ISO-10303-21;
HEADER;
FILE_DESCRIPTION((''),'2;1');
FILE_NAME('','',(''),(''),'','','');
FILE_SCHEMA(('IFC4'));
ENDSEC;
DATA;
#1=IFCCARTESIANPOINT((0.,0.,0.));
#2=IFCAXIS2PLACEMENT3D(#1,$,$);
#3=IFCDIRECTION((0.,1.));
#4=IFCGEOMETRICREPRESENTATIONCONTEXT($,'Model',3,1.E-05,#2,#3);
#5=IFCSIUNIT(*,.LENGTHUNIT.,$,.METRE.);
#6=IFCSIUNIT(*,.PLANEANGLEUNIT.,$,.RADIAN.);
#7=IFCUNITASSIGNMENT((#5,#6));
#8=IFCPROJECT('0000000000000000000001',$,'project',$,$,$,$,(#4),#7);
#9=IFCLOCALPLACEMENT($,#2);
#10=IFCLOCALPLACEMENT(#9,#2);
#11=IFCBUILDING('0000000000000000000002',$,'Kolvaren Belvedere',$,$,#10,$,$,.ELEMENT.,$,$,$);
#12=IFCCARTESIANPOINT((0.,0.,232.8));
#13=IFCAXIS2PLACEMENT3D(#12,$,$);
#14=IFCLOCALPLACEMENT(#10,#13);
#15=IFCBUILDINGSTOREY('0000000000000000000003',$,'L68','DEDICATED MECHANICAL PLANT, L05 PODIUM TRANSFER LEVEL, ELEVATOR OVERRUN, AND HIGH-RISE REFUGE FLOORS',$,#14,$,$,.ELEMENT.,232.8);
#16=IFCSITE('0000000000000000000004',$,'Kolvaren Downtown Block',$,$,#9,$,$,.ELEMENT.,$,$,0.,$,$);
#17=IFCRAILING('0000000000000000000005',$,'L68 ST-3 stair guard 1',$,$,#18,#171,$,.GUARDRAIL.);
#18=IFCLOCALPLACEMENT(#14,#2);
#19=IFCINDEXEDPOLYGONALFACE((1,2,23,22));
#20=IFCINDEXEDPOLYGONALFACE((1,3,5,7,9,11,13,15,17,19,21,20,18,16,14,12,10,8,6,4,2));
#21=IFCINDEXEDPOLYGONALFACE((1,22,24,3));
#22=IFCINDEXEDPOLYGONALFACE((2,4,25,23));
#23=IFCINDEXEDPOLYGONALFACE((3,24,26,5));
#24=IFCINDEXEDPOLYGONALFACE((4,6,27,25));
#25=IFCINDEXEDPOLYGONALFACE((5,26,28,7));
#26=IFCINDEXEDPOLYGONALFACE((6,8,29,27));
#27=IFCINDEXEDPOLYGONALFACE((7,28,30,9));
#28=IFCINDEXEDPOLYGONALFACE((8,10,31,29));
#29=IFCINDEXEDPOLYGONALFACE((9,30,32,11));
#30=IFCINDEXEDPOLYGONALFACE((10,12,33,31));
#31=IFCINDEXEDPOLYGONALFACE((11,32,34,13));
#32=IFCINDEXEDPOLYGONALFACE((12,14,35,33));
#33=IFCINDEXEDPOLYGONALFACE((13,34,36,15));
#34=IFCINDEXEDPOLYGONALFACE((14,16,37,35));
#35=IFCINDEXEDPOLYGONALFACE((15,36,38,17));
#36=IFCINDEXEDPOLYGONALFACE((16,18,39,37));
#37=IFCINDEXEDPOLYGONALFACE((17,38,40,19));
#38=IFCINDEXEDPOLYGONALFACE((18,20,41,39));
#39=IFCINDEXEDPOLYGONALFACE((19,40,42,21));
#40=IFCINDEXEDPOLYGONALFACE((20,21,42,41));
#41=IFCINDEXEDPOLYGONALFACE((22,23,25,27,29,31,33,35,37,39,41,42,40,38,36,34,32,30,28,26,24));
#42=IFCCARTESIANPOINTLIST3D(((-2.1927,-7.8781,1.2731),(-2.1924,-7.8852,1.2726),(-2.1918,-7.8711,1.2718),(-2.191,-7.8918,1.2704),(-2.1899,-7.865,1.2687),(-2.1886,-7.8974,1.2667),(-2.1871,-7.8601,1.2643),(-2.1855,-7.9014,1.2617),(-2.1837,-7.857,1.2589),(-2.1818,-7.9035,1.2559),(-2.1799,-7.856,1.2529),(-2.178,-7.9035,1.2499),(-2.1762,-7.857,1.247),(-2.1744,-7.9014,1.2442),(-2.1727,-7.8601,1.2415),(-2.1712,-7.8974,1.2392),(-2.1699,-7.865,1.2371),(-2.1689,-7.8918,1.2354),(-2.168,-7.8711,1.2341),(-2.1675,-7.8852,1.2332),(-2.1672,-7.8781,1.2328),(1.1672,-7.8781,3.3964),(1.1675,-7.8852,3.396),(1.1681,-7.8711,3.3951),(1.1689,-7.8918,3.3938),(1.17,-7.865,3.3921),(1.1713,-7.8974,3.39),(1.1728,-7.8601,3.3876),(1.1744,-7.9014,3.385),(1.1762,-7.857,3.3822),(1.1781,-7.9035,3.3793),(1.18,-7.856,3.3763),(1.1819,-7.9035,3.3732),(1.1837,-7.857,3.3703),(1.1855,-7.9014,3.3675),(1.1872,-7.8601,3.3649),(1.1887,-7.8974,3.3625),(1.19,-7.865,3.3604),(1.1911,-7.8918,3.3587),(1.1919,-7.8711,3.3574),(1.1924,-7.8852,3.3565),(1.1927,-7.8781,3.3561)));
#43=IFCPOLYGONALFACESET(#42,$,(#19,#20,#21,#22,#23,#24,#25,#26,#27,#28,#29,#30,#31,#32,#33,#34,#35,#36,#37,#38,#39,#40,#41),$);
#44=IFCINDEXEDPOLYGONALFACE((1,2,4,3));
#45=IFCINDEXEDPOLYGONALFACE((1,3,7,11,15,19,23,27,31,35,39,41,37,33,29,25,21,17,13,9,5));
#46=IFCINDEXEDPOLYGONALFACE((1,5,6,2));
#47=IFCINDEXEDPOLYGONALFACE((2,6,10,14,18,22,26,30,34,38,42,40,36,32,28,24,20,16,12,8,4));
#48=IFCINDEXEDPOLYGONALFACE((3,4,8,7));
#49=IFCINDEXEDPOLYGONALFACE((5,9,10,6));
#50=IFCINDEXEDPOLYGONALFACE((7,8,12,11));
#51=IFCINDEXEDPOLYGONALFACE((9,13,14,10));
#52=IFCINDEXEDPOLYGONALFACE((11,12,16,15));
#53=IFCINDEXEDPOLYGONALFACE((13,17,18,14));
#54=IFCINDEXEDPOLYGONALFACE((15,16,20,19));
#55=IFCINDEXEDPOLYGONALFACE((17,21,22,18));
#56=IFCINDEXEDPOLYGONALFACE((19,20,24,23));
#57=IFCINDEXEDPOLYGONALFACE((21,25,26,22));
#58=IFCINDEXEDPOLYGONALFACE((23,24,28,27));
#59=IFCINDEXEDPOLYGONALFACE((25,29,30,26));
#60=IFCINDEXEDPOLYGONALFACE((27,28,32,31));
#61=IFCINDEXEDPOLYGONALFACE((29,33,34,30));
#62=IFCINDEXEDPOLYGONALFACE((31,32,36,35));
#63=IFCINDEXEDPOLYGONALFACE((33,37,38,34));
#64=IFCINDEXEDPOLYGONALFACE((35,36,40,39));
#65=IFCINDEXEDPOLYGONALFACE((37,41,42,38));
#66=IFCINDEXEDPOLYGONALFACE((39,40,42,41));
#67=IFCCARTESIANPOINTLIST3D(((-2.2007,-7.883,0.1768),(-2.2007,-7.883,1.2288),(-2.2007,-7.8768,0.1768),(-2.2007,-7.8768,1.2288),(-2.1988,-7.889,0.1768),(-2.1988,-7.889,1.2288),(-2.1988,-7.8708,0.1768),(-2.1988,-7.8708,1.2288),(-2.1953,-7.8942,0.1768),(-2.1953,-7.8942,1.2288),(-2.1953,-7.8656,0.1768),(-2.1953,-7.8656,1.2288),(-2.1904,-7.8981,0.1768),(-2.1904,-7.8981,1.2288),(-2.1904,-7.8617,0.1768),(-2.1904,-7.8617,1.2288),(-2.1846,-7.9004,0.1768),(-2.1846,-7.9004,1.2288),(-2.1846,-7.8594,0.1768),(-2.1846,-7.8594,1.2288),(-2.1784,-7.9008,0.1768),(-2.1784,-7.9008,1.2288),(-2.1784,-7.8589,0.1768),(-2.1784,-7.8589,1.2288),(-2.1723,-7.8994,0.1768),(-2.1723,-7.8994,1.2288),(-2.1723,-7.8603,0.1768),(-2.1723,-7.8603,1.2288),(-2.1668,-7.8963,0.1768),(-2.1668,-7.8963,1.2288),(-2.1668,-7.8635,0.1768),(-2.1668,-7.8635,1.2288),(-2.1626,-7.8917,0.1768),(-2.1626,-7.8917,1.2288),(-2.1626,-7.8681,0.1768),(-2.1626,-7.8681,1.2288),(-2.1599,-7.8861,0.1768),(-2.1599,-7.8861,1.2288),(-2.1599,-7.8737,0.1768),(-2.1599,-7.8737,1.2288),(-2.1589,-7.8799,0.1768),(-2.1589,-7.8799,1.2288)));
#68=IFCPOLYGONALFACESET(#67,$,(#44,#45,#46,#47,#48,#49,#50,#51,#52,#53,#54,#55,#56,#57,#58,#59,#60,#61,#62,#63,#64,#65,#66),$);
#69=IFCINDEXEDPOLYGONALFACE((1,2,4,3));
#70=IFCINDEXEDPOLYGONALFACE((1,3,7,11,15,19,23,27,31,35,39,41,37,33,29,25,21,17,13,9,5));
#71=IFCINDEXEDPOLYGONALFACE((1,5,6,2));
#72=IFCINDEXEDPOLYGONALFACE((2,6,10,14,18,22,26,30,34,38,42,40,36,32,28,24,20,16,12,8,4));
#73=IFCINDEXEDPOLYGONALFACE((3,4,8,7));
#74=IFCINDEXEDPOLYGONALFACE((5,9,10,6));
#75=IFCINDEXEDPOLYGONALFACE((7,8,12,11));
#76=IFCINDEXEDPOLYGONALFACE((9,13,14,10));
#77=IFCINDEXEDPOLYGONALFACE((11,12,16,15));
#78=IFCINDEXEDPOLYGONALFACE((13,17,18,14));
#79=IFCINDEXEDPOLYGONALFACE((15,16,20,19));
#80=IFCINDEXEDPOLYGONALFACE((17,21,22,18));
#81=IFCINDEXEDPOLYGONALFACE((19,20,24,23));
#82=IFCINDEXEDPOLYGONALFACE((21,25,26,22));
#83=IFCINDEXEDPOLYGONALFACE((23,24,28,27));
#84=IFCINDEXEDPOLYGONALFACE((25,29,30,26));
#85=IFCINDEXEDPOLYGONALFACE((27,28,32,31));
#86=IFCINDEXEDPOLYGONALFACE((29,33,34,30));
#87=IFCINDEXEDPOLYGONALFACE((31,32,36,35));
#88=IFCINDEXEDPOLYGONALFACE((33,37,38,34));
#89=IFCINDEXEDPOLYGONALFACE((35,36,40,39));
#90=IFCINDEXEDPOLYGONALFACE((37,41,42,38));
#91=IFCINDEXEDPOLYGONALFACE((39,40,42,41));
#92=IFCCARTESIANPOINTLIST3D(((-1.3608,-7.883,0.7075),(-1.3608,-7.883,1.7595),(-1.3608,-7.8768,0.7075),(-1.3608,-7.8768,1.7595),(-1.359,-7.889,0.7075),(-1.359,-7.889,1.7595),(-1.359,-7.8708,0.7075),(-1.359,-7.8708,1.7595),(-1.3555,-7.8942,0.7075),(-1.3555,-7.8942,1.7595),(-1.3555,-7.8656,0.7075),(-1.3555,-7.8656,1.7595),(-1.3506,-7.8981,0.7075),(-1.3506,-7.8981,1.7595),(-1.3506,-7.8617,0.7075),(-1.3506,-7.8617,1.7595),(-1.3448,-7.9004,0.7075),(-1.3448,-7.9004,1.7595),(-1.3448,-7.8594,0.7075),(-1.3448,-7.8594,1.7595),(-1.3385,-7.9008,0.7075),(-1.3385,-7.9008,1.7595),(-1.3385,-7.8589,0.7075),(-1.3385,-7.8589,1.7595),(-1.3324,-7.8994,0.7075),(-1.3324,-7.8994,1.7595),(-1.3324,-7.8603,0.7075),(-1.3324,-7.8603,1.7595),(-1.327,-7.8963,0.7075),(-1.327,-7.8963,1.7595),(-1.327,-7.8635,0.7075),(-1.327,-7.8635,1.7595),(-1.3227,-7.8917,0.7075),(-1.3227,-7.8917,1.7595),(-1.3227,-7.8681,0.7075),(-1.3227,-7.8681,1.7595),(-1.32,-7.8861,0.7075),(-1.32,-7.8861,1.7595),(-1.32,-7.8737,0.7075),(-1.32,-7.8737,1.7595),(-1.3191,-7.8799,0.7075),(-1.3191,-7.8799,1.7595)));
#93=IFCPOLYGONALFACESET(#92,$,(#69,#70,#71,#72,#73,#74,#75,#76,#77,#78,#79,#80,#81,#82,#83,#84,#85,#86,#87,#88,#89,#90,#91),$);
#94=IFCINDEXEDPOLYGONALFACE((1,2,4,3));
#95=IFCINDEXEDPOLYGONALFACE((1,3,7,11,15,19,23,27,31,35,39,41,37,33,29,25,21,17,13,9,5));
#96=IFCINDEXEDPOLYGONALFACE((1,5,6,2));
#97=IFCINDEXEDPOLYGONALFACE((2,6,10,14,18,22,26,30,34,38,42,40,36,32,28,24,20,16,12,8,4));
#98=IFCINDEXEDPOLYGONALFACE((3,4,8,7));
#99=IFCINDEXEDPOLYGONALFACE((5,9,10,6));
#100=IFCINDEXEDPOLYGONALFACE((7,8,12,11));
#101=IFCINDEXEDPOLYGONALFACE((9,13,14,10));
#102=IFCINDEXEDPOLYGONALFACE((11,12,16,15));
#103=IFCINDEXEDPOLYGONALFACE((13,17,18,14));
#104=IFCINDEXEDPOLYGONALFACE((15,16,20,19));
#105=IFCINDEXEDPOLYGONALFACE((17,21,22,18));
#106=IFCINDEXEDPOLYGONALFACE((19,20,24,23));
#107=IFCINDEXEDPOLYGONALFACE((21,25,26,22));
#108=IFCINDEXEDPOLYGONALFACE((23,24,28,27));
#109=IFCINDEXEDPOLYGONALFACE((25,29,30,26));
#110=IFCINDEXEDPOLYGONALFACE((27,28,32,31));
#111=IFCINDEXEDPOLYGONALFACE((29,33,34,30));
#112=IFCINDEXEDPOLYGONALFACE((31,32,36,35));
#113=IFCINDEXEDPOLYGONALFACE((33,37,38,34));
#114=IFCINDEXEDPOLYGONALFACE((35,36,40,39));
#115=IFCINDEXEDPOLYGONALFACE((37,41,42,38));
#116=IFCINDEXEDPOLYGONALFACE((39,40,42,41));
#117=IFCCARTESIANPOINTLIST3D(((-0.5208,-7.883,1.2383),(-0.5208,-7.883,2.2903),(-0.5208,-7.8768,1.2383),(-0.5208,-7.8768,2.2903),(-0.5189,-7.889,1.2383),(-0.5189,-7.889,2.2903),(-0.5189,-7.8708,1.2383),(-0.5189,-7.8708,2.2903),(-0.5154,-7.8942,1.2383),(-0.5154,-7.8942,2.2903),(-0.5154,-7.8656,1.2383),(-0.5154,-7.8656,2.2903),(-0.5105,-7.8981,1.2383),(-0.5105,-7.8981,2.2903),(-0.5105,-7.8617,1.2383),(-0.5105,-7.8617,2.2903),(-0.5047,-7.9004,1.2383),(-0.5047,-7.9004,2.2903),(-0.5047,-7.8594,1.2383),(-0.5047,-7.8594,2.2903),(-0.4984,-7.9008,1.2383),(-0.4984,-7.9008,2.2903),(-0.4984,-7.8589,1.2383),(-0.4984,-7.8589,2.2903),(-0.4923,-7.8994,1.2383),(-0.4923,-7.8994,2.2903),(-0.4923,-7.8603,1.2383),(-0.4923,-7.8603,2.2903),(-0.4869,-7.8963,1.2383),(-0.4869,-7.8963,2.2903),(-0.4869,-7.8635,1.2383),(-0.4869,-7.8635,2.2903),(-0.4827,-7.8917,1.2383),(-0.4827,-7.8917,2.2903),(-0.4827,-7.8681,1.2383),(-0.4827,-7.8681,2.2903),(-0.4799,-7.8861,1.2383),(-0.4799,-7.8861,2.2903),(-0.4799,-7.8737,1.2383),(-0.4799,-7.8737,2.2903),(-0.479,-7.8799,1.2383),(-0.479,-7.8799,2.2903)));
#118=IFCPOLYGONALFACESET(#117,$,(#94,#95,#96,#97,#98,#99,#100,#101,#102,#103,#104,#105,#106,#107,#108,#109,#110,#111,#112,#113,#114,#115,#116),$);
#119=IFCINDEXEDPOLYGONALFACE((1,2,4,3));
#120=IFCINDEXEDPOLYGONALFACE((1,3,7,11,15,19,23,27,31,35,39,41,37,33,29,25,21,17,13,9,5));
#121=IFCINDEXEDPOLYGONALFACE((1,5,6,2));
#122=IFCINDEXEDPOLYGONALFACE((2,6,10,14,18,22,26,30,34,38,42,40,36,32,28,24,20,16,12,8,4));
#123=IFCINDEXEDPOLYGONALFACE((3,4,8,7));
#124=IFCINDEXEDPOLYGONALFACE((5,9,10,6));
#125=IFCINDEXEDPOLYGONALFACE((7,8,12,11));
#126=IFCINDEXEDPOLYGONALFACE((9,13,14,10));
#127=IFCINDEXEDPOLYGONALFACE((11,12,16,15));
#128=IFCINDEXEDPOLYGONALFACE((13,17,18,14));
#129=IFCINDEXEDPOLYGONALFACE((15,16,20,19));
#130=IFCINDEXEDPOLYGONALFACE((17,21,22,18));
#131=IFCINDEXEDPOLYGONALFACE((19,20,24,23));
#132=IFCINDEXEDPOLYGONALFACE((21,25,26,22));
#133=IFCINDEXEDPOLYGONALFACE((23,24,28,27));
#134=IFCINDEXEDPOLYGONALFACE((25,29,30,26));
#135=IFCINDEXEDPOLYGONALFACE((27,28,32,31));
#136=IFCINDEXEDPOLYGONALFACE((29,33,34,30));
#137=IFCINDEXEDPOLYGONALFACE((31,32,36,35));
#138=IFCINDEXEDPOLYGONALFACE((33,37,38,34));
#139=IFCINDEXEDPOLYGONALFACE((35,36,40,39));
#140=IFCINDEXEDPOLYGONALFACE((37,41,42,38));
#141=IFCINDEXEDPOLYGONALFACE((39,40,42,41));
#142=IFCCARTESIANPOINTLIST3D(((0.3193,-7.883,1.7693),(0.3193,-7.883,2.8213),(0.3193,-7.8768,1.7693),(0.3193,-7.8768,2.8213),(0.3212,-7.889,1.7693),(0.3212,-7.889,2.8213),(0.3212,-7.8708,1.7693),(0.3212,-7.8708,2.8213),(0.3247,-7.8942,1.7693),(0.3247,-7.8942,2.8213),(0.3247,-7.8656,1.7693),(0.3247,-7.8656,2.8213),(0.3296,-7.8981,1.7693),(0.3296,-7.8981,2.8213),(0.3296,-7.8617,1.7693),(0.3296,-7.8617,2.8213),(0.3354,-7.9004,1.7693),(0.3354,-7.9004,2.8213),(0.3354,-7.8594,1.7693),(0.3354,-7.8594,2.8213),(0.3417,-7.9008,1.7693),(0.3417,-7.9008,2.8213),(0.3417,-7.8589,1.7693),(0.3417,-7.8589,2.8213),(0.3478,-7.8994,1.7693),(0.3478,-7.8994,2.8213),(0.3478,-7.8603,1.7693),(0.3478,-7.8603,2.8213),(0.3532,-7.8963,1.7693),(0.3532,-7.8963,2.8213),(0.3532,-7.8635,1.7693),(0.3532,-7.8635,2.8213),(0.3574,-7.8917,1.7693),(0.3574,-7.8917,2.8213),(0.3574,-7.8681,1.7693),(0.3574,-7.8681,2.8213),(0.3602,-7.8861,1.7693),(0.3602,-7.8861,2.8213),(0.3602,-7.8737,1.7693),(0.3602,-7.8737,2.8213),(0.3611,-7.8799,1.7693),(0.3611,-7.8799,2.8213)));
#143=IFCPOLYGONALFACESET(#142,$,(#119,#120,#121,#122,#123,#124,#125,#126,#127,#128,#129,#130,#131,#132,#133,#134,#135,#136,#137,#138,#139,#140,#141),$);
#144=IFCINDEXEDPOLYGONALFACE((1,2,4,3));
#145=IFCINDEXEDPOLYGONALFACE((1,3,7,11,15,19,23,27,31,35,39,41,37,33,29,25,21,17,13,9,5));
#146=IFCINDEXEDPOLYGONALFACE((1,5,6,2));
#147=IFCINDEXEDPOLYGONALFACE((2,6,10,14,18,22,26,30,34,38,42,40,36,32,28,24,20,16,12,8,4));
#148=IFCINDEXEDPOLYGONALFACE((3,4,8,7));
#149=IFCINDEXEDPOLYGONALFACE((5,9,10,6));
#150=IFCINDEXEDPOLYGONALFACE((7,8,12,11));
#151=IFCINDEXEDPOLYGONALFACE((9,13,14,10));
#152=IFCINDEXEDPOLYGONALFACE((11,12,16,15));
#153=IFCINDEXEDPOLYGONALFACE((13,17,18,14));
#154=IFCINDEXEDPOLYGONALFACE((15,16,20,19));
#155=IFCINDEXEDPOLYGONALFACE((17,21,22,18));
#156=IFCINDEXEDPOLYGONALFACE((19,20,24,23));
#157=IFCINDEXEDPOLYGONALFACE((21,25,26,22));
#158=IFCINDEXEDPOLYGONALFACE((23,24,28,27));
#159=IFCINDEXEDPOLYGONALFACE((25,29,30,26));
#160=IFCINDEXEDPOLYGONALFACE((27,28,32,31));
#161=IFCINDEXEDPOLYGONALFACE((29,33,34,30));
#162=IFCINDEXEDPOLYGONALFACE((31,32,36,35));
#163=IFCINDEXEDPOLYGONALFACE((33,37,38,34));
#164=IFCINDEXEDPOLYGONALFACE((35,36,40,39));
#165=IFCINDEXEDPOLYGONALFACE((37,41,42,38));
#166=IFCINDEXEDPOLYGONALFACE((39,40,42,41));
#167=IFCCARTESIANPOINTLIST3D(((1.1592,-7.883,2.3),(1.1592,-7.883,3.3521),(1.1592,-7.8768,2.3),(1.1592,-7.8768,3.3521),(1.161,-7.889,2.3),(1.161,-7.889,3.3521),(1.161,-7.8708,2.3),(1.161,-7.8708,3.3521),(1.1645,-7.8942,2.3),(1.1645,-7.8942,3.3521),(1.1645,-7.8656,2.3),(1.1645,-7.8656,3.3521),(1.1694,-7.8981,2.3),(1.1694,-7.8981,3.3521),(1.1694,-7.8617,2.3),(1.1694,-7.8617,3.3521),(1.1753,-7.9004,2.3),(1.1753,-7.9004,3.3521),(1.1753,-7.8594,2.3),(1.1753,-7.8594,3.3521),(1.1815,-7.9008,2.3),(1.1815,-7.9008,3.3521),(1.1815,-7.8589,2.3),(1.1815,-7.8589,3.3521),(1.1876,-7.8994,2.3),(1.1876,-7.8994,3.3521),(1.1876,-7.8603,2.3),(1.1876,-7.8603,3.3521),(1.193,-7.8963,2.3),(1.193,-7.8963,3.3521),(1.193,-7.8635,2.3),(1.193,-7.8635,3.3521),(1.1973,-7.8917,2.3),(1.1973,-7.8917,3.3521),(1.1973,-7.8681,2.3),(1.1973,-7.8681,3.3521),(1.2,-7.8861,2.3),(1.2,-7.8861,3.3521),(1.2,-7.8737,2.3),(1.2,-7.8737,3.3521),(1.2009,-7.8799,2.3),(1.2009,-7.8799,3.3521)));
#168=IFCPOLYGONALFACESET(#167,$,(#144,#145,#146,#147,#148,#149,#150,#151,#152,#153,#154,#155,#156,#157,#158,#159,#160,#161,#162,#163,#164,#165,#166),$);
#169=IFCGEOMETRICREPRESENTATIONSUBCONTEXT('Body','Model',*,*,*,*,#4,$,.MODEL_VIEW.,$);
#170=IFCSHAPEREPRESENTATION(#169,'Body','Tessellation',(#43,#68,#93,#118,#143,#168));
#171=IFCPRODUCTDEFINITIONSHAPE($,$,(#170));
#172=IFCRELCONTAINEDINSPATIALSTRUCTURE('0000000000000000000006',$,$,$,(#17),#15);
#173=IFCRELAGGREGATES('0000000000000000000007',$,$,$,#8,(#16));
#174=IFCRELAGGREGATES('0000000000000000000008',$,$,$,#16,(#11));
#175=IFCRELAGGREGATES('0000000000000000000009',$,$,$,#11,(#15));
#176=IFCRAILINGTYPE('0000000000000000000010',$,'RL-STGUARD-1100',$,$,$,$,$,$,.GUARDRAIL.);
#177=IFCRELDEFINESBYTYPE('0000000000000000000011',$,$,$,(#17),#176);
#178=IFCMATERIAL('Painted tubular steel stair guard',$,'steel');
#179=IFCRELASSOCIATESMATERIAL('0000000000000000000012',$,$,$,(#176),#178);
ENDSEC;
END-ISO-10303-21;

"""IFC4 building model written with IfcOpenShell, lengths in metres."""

from ifc_helpers import new_model, si_unit, direction, frame, origin, origin_2d, place, context, subcontext, project, spatial, circle, extrude, material, type_object, element, save


model = new_model("IFC4")

# Units and contexts
model_context = context("Model", 3, precision=1e-05, world=origin(), true_north=direction((0.0, 1.0)))
body_context = subcontext(model_context, "Body", "Model", "MODEL_VIEW")
ifc_project = project(units=[si_unit("LENGTHUNIT", "METRE"), si_unit("PLANEANGLEUNIT", "RADIAN")], contexts=[model_context])

# Site, building, storey
site_placement = place(None, origin())
site = spatial("IfcSite", under=ifc_project, at=site_placement, Name="Kolvaren Downtown Block", CompositionType="ELEMENT", RefElevation=0.0)
building_placement = place(site_placement, origin())
building = spatial("IfcBuilding", under=site, at=building_placement, Name="Kolvaren Belvedere", CompositionType="ELEMENT")
storey_placement = place(building_placement, frame((0.0, 0.0, 232.8)))
storey = spatial("IfcBuildingStorey", under=building, at=storey_placement, Name="L68", Description="DEDICATED MECHANICAL PLANT, L05 PODIUM TRANSFER LEVEL, ELEVATOR OVERRUN, AND HIGH-RISE REFUGE FLOORS", CompositionType="ELEMENT", Elevation=232.8)

# Railing
ifc_material_1 = material(Name="Painted tubular steel stair guard", Category="steel")
railing_type_1 = type_object("IfcRailingType", Name="RL-STGUARD-1100", PredefinedType="GUARDRAIL", material=ifc_material_1)
railing_1_placement = place(storey_placement, frame((-2.1799, -7.8799, 0.1768)))
element("IfcRailing", 1, at=railing_1_placement, inside=storey, type_object=railing_type_1, Name="L68 ST-3 stair guard 1", PredefinedType="GUARDRAIL", context=body_context, shape_type="SweptSolid", body=[
    extrude(circle(Radius=0.0239, at=origin_2d()), frame((0.0, 0.0, 1.0762), z_axis=(0.845344, 0.0, 0.534222), x_axis=(0.0, 1.0, 0.0)), (0.0, 0.0, 1.0), 3.9746),
    extrude(circle(Radius=0.021, at=origin_2d()), origin(), (0.0, 0.0, 1.0), 1.052),
    extrude(circle(Radius=0.021, at=origin_2d()), frame((0.8398, 0.0, 0.5308)), (0.0, 0.0, 1.0), 1.052),
    extrude(circle(Radius=0.021, at=origin_2d()), frame((1.6799, 0.0, 1.0615)), (0.0, 0.0, 1.0), 1.052),
    extrude(circle(Radius=0.021, at=origin_2d()), frame((2.52, 0.0, 1.5925)), (0.0, 0.0, 1.0), 1.052),
    extrude(circle(Radius=0.021, at=origin_2d()), frame((3.3599, 0.0, 2.1233)), (0.0, 0.0, 1.0), 1.052),
])

save(model, "model.ifc")
